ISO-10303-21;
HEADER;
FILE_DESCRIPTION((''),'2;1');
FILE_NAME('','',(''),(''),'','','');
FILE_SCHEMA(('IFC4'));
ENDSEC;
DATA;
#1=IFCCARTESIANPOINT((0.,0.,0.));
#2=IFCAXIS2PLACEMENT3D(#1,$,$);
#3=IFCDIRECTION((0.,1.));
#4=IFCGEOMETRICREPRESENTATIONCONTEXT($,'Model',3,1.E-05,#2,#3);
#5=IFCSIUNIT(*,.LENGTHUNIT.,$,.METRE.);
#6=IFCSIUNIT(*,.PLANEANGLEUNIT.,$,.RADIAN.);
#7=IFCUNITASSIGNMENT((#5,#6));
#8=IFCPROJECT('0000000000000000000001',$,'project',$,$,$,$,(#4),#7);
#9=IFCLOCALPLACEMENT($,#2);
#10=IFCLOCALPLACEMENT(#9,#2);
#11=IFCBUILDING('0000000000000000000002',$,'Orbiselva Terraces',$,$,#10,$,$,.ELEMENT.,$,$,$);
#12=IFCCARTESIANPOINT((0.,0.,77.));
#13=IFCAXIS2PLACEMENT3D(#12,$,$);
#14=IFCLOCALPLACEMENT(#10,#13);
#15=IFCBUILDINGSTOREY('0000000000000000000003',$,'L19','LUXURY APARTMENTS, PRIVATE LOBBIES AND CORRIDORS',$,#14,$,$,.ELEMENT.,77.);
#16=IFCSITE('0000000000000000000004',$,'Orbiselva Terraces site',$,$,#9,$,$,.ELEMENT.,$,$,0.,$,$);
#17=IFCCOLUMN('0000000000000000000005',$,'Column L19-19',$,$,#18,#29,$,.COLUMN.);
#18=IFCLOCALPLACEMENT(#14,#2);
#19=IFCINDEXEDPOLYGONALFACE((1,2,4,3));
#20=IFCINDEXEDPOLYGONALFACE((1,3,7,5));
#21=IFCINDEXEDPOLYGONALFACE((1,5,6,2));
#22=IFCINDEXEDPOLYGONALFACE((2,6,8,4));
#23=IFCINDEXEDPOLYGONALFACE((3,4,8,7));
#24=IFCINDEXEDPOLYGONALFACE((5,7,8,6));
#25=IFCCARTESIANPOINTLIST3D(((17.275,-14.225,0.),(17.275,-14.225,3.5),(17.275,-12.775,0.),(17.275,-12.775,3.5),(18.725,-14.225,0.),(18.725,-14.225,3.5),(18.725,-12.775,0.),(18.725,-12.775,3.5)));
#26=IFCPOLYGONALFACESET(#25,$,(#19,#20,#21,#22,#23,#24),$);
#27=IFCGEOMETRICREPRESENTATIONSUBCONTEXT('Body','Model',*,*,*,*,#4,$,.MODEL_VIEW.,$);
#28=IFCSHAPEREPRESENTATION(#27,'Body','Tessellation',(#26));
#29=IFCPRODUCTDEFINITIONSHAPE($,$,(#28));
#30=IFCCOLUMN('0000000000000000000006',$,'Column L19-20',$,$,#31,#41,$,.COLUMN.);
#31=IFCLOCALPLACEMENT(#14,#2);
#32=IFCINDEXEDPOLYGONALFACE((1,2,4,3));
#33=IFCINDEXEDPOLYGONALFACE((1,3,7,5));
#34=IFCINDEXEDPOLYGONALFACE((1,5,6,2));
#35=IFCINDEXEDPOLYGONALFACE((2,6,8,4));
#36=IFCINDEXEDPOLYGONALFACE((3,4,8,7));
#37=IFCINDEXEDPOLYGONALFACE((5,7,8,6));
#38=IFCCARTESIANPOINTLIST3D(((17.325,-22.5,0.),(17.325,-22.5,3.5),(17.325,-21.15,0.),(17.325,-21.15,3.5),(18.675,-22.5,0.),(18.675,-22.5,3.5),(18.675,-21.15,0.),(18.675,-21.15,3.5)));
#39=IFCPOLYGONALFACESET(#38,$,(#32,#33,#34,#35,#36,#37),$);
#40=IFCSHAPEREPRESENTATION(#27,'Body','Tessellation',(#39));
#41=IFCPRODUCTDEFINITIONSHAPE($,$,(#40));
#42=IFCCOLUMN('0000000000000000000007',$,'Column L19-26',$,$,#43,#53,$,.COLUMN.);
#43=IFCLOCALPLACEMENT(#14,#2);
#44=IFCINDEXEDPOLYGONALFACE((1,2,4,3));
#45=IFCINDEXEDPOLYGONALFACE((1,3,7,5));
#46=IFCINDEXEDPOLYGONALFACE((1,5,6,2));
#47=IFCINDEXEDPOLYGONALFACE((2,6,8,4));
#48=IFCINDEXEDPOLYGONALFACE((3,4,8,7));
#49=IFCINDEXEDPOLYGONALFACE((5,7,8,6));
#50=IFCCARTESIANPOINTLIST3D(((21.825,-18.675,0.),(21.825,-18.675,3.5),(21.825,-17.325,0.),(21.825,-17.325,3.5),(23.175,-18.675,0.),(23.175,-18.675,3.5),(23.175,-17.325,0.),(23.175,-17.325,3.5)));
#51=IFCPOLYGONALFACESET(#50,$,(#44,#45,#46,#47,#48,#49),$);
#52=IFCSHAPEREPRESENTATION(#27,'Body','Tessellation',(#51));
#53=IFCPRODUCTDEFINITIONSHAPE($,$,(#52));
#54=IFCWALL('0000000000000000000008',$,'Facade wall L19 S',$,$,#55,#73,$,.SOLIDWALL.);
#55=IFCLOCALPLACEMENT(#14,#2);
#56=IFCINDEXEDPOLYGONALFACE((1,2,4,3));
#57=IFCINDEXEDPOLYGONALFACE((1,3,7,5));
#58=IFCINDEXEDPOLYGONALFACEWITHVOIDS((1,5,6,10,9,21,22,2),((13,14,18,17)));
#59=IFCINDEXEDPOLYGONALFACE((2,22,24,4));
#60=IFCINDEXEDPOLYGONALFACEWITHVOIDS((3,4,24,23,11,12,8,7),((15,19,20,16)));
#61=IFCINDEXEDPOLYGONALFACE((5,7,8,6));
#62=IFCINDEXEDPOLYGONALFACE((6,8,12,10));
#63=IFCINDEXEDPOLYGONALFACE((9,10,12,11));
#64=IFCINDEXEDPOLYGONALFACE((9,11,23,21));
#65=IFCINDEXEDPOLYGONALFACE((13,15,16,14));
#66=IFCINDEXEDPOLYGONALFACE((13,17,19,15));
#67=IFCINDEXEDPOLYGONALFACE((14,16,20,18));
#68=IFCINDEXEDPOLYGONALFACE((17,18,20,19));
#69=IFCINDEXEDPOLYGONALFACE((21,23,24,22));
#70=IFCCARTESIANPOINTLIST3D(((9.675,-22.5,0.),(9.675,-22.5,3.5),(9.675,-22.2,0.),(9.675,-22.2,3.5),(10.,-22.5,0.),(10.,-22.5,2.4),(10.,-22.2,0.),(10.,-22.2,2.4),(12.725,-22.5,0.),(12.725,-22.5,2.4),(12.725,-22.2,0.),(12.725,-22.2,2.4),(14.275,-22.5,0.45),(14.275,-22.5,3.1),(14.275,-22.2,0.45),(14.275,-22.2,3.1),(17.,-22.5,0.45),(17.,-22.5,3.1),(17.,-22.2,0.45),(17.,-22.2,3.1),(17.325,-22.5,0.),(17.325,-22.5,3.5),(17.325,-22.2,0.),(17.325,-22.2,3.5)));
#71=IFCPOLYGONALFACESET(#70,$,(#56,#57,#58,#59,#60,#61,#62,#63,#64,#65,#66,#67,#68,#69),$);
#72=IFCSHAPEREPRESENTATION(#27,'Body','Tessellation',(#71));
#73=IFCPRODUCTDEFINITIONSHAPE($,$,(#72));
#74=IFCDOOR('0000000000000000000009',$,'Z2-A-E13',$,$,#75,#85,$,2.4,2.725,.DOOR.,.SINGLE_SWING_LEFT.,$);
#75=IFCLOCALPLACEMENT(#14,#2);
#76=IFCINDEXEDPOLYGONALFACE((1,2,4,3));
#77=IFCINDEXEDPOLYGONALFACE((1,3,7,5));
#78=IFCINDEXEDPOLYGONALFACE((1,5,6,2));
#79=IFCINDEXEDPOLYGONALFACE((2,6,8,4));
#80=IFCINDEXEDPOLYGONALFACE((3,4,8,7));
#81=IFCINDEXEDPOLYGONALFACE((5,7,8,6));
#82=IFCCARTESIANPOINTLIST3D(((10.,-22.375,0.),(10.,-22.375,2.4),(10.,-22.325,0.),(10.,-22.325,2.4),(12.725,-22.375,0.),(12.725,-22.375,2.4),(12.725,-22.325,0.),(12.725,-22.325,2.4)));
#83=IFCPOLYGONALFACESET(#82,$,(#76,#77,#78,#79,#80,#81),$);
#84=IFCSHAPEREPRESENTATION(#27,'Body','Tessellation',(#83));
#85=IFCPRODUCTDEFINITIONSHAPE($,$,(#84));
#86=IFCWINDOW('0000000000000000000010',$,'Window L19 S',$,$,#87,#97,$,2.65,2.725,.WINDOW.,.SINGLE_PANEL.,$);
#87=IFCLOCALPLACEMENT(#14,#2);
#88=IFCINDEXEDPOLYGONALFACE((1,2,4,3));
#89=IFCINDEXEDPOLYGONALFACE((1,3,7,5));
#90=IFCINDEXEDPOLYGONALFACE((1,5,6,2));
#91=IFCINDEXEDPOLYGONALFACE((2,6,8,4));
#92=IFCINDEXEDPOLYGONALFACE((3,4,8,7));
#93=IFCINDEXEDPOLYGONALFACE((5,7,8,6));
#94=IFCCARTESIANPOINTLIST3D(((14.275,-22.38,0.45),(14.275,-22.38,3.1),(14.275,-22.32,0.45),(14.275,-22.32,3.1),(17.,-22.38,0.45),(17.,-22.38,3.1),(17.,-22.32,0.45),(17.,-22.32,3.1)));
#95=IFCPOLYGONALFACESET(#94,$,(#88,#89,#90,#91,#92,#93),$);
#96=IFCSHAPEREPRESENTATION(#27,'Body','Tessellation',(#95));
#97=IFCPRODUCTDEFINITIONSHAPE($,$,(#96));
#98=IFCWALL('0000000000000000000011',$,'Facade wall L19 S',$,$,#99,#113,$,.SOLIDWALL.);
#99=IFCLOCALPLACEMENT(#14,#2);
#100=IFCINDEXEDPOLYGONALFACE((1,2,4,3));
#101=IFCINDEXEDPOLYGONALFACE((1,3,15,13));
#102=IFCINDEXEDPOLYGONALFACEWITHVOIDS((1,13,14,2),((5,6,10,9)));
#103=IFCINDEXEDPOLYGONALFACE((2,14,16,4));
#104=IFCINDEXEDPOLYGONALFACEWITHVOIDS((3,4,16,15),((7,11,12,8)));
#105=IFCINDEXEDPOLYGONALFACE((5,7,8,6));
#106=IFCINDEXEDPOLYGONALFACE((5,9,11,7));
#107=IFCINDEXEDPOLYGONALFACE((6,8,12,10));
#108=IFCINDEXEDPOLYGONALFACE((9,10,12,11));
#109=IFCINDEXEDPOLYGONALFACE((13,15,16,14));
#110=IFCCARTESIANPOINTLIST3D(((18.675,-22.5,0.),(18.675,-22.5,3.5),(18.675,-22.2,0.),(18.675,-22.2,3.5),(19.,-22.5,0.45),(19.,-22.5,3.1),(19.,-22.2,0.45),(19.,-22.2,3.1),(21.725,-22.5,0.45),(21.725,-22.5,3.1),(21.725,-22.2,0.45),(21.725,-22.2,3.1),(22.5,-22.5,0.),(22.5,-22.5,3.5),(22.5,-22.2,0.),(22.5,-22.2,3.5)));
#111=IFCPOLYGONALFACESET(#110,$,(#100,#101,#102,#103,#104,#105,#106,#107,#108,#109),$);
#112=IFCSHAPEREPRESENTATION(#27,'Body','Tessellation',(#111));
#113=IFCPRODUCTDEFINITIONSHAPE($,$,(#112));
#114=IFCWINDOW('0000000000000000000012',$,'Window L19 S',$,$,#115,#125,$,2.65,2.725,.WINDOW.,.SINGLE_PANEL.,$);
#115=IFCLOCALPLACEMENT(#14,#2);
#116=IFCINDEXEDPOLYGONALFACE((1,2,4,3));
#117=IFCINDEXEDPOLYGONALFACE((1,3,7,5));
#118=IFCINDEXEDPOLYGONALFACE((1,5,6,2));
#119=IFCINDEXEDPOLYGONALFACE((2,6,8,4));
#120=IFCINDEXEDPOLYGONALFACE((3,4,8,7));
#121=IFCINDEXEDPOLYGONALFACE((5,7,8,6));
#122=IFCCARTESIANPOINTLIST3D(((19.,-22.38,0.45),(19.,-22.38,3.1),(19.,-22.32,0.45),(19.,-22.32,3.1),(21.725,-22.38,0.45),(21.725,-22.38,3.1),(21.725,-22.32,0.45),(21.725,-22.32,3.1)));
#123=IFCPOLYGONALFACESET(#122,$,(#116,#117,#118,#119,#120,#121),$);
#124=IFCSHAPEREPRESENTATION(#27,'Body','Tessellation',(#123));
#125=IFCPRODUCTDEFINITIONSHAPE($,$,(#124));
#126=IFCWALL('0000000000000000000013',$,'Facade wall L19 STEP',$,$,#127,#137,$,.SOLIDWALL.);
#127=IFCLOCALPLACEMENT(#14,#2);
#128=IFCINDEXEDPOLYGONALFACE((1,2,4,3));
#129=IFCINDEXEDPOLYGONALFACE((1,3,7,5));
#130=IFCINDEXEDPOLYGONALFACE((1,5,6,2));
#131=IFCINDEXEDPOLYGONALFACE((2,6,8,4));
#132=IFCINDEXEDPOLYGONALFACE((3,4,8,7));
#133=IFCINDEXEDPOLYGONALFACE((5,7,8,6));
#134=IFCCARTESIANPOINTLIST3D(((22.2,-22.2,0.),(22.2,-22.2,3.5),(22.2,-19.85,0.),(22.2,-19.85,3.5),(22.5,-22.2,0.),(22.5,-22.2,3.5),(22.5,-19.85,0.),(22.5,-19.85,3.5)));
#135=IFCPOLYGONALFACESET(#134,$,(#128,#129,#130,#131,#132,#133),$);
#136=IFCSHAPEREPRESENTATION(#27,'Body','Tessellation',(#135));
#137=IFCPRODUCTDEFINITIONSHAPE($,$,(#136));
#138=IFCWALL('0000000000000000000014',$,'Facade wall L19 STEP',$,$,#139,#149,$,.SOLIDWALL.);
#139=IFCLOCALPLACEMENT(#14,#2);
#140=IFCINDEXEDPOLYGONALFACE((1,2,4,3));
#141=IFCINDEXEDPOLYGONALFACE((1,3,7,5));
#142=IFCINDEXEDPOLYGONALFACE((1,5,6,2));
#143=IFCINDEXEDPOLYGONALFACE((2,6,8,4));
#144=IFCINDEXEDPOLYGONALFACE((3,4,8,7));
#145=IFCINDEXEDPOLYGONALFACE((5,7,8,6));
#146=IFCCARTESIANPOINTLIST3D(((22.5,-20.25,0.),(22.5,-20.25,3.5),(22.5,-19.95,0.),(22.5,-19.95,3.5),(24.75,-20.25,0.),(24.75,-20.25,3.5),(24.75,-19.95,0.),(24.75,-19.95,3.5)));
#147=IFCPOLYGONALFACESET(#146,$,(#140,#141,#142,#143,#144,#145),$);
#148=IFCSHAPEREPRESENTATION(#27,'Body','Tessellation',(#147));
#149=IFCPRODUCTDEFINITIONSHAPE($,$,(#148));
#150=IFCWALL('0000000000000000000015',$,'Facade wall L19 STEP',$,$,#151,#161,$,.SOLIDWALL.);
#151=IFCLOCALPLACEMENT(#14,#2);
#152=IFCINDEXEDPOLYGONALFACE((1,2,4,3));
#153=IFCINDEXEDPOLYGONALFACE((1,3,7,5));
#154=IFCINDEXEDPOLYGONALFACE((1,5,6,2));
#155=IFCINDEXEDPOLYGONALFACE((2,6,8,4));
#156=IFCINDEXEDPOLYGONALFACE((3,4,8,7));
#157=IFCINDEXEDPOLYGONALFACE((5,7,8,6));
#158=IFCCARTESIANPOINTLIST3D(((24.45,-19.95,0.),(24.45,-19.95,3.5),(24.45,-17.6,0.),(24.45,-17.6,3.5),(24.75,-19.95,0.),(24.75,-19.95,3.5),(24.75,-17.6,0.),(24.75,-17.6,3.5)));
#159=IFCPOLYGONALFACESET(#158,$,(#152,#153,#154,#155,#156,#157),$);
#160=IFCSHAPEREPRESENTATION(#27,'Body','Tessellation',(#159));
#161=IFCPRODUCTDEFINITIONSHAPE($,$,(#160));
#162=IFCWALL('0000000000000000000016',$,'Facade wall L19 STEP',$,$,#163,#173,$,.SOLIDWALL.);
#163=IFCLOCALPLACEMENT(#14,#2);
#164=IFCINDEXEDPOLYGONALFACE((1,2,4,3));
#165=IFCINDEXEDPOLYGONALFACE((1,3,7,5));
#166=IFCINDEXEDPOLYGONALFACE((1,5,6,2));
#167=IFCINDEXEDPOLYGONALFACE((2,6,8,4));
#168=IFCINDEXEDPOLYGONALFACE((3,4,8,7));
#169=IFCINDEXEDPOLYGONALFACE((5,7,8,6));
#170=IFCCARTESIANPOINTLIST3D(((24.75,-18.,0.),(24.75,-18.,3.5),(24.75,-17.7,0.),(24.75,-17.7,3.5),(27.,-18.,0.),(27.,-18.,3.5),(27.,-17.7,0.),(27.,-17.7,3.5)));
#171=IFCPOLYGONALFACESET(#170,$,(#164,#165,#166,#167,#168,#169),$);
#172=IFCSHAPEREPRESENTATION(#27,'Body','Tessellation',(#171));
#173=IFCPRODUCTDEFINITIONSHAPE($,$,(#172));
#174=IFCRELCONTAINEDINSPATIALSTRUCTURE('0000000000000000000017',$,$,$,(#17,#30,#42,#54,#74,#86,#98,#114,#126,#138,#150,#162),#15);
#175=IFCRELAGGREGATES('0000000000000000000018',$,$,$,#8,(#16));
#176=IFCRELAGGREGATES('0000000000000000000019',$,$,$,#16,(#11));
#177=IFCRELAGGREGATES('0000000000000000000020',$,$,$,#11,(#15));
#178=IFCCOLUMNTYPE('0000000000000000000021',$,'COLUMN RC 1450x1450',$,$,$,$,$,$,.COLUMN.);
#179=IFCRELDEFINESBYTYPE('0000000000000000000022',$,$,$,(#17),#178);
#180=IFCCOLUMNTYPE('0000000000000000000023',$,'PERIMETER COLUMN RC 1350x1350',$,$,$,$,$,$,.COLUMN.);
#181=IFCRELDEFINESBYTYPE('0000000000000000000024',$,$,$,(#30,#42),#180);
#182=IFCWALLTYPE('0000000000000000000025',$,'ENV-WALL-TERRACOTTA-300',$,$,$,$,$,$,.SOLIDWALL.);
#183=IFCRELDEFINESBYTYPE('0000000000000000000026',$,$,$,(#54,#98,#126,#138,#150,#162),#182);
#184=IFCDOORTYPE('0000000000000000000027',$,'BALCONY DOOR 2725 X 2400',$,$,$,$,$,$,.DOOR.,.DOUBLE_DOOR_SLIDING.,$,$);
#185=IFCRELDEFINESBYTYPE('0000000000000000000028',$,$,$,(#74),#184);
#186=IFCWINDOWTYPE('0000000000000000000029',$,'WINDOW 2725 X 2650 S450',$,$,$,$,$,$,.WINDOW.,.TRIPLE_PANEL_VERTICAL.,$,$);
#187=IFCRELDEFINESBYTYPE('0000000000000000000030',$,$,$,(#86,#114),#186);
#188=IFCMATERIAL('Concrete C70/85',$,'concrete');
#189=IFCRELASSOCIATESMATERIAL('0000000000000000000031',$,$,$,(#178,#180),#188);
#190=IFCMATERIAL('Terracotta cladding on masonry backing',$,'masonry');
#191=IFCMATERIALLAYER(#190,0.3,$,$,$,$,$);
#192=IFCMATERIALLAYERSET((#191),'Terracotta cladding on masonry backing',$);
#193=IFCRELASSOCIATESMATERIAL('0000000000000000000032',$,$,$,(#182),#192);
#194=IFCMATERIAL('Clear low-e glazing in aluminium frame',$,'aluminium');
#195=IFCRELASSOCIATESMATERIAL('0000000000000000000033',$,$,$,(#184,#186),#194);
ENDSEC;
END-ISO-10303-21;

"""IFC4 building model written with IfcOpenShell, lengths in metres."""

from ifc_helpers import new_model, si_unit, direction, frame, frame_2d, origin, origin_2d, place, context, subcontext, project, spatial, rectangle, extrude, material, layer, layer_set, material_profile, profile_set, type_object, element, fill, save


model = new_model("IFC4")

# Units and contexts
model_context = context("Model", 3, precision=1e-05, world=origin(), true_north=direction((0.0, 1.0)))
body_context = subcontext(model_context, "Body", "Model", "MODEL_VIEW")
ifc_project = project(units=[si_unit("LENGTHUNIT", "METRE"), si_unit("PLANEANGLEUNIT", "RADIAN")], contexts=[model_context])

# Site, building, storey
site_placement = place(None, origin())
site = spatial("IfcSite", under=ifc_project, at=site_placement, Name="Orbiselva Terraces site", CompositionType="ELEMENT", RefElevation=0.0)
building_placement = place(site_placement, origin())
building = spatial("IfcBuilding", under=site, at=building_placement, Name="Orbiselva Terraces", CompositionType="ELEMENT")
storey_placement = place(building_placement, frame((0.0, 0.0, 77.0)))
storey = spatial("IfcBuildingStorey", under=building, at=storey_placement, Name="L19", Description="LUXURY APARTMENTS, PRIVATE LOBBIES AND CORRIDORS", CompositionType="ELEMENT", Elevation=77.0)

# Columns
ifc_material_1 = material(Name="Concrete C70/85", Category="concrete")
ifc_material_profile_1 = material_profile(ifc_material_1, rectangle(XDim=1.45, YDim=1.45, at=origin_2d()), Name="RC 1450x1450")
ifc_profile_set_1 = profile_set([ifc_material_profile_1], Name="Concrete C70/85")
column_type_1 = type_object("IfcColumnType", Name="COLUMN RC 1450x1450", PredefinedType="COLUMN", material=ifc_profile_set_1)
column_placement = place(storey_placement, frame((18.0, -13.5, 0.0), z_axis=(0.0, 0.0, 1.0), x_axis=(1.0, 0.0, 0.0)))
element("IfcColumn", 1, at=column_placement, inside=storey, type_object=column_type_1, Name="Column L19-19", PredefinedType="COLUMN", context=body_context, shape_type="SweptSolid", body=[
    extrude(rectangle(XDim=1.45, YDim=1.45, at=origin_2d()), origin(), (0.0, 0.0, 1.0), 3.5),
])
ifc_material_profile_2 = material_profile(ifc_material_1, rectangle(XDim=1.35, YDim=1.35, at=origin_2d()), Name="RC 1350x1350")
ifc_profile_set_2 = profile_set([ifc_material_profile_2], Name="Concrete C70/85")
column_type_2 = type_object("IfcColumnType", Name="PERIMETER COLUMN RC 1350x1350", PredefinedType="COLUMN", material=ifc_profile_set_2)
for number, where, z_axis, x_axis, name in (
    (2, (18.0, -21.825, 0.0), (0.0, 0.0, 1.0), (1.0, 0.0, 0.0), "Column L19-20"),
    (3, (22.5, -18.0, 0.0), (0.0, 0.0, 1.0), (1.0, 0.0, 0.0), "Column L19-26"),
):
    element("IfcColumn", number, at=place(storey_placement, frame(where, z_axis=z_axis, x_axis=x_axis)), inside=storey, type_object=column_type_2, Name=name, PredefinedType="COLUMN", context=body_context, shape_type="SweptSolid", body=[
        extrude(rectangle(XDim=1.35, YDim=1.35, at=origin_2d()), origin(), (0.0, 0.0, 1.0), 3.5),
    ])

# Wall, openings, door, window
ifc_material_2 = material(Name="Terracotta cladding on masonry backing", Category="masonry")
ifc_layer_1 = layer(ifc_material_2, 0.3)
ifc_layer_set_1 = layer_set([ifc_layer_1], Name="Terracotta cladding on masonry backing")
wall_type_1 = type_object("IfcWallType", Name="ENV-WALL-TERRACOTTA-300", PredefinedType="SOLIDWALL", material=ifc_layer_set_1)
wall_1_placement = place(storey_placement, frame((17.325, -22.35, 0.0), z_axis=(0.0, 0.0, 1.0), x_axis=(-1.0, 0.0, 0.0)))
wall_1 = element("IfcWall", 4, at=wall_1_placement, inside=storey, type_object=wall_type_1, Name="Facade wall L19 S", PredefinedType="SOLIDWALL", context=body_context, shape_type="SweptSolid", body=[
    extrude(rectangle(XDim=7.65, YDim=0.3, at=frame_2d((3.825, 0.0))), origin(), (0.0, 0.0, 1.0), 3.5),
])
opening_1_placement = place(wall_1_placement, frame((4.6, 0.0, 0.0)))
opening_1 = element("IfcOpeningElement", 5, at=opening_1_placement, cuts=wall_1, PredefinedType="OPENING", context=body_context, shape_type="SweptSolid", body=[
    extrude(rectangle(XDim=2.725, YDim=2.4, at=frame_2d((1.3625, 1.2))), frame((0.0, 0.16, 0.0), z_axis=(0.0, -1.0, 0.0), x_axis=(1.0, 0.0, 0.0)), (0.0, 0.0, 1.0), 0.32),
])
opening_2_placement = place(wall_1_placement, frame((0.325, 0.0, 0.45)))
opening_2 = element("IfcOpeningElement", 6, at=opening_2_placement, cuts=wall_1, PredefinedType="OPENING", context=body_context, shape_type="SweptSolid", body=[
    extrude(rectangle(XDim=2.725, YDim=2.65, at=frame_2d((1.3625, 1.325))), frame((0.0, 0.16, 0.0), z_axis=(0.0, -1.0, 0.0), x_axis=(1.0, 0.0, 0.0)), (0.0, 0.0, 1.0), 0.32),
])
ifc_material_3 = material(Name="Clear low-e glazing in aluminium frame", Category="aluminium")
door_type_1 = type_object("IfcDoorType", Name="BALCONY DOOR 2725 X 2400", OperationType="DOUBLE_DOOR_SLIDING", PredefinedType="DOOR", material=ifc_material_3)
door_1_placement = place(opening_1_placement, origin())
door_1 = element("IfcDoor", 7, at=door_1_placement, inside=storey, type_object=door_type_1, Name="Z2-A-E13", OperationType="SINGLE_SWING_LEFT", OverallHeight=2.4, OverallWidth=2.725, PredefinedType="DOOR", context=body_context, shape_type="SweptSolid", body=[
    extrude(rectangle(XDim=2.725, YDim=2.4, at=frame_2d((1.3625, 1.2))), frame((0.0, 0.025, 0.0), z_axis=(0.0, -1.0, 0.0), x_axis=(1.0, 0.0, 0.0)), (0.0, 0.0, 1.0), 0.05),
])
fill(opening_1, door_1)
window_type = type_object("IfcWindowType", Name="WINDOW 2725 X 2650 S450", PartitioningType="TRIPLE_PANEL_VERTICAL", PredefinedType="WINDOW", material=ifc_material_3)
window_1_placement = place(opening_2_placement, origin())
window_1 = element("IfcWindow", 8, at=window_1_placement, inside=storey, type_object=window_type, Name="Window L19 S", OverallHeight=2.65, OverallWidth=2.725, PartitioningType="SINGLE_PANEL", PredefinedType="WINDOW", context=body_context, shape_type="SweptSolid", body=[
    extrude(rectangle(XDim=2.725, YDim=2.65, at=frame_2d((1.3625, 1.325))), frame((0.0, 0.03, 0.0), z_axis=(0.0, -1.0, 0.0), x_axis=(1.0, 0.0, 0.0)), (0.0, 0.0, 1.0), 0.06),
])
fill(opening_2, window_1)

# Wall, opening, window
wall_2_placement = place(storey_placement, frame((22.5, -22.35, 0.0), z_axis=(0.0, 0.0, 1.0), x_axis=(-1.0, 0.0, 0.0)))
wall_2 = element("IfcWall", 9, at=wall_2_placement, inside=storey, type_object=wall_type_1, Name="Facade wall L19 S", PredefinedType="SOLIDWALL", context=body_context, shape_type="SweptSolid", body=[
    extrude(rectangle(XDim=3.825, YDim=0.3, at=frame_2d((1.9125, 0.0))), origin(), (0.0, 0.0, 1.0), 3.5),
])
opening_3_placement = place(wall_2_placement, frame((0.775, 0.0, 0.45)))
opening_3 = element("IfcOpeningElement", 10, at=opening_3_placement, cuts=wall_2, PredefinedType="OPENING", context=body_context, shape_type="SweptSolid", body=[
    extrude(rectangle(XDim=2.725, YDim=2.65, at=frame_2d((1.3625, 1.325))), frame((0.0, 0.16, 0.0), z_axis=(0.0, -1.0, 0.0), x_axis=(1.0, 0.0, 0.0)), (0.0, 0.0, 1.0), 0.32),
])
window_2_placement = place(opening_3_placement, origin())
window_2 = element("IfcWindow", 11, at=window_2_placement, inside=storey, type_object=window_type, Name="Window L19 S", OverallHeight=2.65, OverallWidth=2.725, PartitioningType="SINGLE_PANEL", PredefinedType="WINDOW", context=body_context, shape_type="SweptSolid", body=[
    extrude(rectangle(XDim=2.725, YDim=2.65, at=frame_2d((1.3625, 1.325))), frame((0.0, 0.03, 0.0), z_axis=(0.0, -1.0, 0.0), x_axis=(1.0, 0.0, 0.0)), (0.0, 0.0, 1.0), 0.06),
])
fill(opening_3, window_2)

# Walls
wall_3_placement = place(storey_placement, frame((22.35, -19.85, 0.0), z_axis=(0.0, 0.0, 1.0), x_axis=(0.0, -1.0, 0.0)))
element("IfcWall", 12, at=wall_3_placement, inside=storey, type_object=wall_type_1, Name="Facade wall L19 STEP", PredefinedType="SOLIDWALL", context=body_context, shape_type="SweptSolid", body=[
    extrude(rectangle(XDim=2.35, YDim=0.3, at=frame_2d((1.175, 0.0))), origin(), (0.0, 0.0, 1.0), 3.5),
])
wall_4_placement = place(storey_placement, frame((24.75, -20.1, 0.0), z_axis=(0.0, 0.0, 1.0), x_axis=(-1.0, 0.0, 0.0)))
element("IfcWall", 13, at=wall_4_placement, inside=storey, type_object=wall_type_1, Name="Facade wall L19 STEP", PredefinedType="SOLIDWALL", context=body_context, shape_type="SweptSolid", body=[
    extrude(rectangle(XDim=2.25, YDim=0.3, at=frame_2d((1.125, 0.0))), origin(), (0.0, 0.0, 1.0), 3.5),
])
wall_5_placement = place(storey_placement, frame((24.6, -17.6, 0.0), z_axis=(0.0, 0.0, 1.0), x_axis=(0.0, -1.0, 0.0)))
element("IfcWall", 14, at=wall_5_placement, inside=storey, type_object=wall_type_1, Name="Facade wall L19 STEP", PredefinedType="SOLIDWALL", context=body_context, shape_type="SweptSolid", body=[
    extrude(rectangle(XDim=2.35, YDim=0.3, at=frame_2d((1.175, 0.0))), origin(), (0.0, 0.0, 1.0), 3.5),
])
wall_6_placement = place(storey_placement, frame((27.0, -17.85, 0.0), z_axis=(0.0, 0.0, 1.0), x_axis=(-1.0, 0.0, 0.0)))
element("IfcWall", 15, at=wall_6_placement, inside=storey, type_object=wall_type_1, Name="Facade wall L19 STEP", PredefinedType="SOLIDWALL", context=body_context, shape_type="SweptSolid", body=[
    extrude(rectangle(XDim=2.25, YDim=0.3, at=frame_2d((1.125, 0.0))), origin(), (0.0, 0.0, 1.0), 3.5),
])

save(model, "model.ifc")
